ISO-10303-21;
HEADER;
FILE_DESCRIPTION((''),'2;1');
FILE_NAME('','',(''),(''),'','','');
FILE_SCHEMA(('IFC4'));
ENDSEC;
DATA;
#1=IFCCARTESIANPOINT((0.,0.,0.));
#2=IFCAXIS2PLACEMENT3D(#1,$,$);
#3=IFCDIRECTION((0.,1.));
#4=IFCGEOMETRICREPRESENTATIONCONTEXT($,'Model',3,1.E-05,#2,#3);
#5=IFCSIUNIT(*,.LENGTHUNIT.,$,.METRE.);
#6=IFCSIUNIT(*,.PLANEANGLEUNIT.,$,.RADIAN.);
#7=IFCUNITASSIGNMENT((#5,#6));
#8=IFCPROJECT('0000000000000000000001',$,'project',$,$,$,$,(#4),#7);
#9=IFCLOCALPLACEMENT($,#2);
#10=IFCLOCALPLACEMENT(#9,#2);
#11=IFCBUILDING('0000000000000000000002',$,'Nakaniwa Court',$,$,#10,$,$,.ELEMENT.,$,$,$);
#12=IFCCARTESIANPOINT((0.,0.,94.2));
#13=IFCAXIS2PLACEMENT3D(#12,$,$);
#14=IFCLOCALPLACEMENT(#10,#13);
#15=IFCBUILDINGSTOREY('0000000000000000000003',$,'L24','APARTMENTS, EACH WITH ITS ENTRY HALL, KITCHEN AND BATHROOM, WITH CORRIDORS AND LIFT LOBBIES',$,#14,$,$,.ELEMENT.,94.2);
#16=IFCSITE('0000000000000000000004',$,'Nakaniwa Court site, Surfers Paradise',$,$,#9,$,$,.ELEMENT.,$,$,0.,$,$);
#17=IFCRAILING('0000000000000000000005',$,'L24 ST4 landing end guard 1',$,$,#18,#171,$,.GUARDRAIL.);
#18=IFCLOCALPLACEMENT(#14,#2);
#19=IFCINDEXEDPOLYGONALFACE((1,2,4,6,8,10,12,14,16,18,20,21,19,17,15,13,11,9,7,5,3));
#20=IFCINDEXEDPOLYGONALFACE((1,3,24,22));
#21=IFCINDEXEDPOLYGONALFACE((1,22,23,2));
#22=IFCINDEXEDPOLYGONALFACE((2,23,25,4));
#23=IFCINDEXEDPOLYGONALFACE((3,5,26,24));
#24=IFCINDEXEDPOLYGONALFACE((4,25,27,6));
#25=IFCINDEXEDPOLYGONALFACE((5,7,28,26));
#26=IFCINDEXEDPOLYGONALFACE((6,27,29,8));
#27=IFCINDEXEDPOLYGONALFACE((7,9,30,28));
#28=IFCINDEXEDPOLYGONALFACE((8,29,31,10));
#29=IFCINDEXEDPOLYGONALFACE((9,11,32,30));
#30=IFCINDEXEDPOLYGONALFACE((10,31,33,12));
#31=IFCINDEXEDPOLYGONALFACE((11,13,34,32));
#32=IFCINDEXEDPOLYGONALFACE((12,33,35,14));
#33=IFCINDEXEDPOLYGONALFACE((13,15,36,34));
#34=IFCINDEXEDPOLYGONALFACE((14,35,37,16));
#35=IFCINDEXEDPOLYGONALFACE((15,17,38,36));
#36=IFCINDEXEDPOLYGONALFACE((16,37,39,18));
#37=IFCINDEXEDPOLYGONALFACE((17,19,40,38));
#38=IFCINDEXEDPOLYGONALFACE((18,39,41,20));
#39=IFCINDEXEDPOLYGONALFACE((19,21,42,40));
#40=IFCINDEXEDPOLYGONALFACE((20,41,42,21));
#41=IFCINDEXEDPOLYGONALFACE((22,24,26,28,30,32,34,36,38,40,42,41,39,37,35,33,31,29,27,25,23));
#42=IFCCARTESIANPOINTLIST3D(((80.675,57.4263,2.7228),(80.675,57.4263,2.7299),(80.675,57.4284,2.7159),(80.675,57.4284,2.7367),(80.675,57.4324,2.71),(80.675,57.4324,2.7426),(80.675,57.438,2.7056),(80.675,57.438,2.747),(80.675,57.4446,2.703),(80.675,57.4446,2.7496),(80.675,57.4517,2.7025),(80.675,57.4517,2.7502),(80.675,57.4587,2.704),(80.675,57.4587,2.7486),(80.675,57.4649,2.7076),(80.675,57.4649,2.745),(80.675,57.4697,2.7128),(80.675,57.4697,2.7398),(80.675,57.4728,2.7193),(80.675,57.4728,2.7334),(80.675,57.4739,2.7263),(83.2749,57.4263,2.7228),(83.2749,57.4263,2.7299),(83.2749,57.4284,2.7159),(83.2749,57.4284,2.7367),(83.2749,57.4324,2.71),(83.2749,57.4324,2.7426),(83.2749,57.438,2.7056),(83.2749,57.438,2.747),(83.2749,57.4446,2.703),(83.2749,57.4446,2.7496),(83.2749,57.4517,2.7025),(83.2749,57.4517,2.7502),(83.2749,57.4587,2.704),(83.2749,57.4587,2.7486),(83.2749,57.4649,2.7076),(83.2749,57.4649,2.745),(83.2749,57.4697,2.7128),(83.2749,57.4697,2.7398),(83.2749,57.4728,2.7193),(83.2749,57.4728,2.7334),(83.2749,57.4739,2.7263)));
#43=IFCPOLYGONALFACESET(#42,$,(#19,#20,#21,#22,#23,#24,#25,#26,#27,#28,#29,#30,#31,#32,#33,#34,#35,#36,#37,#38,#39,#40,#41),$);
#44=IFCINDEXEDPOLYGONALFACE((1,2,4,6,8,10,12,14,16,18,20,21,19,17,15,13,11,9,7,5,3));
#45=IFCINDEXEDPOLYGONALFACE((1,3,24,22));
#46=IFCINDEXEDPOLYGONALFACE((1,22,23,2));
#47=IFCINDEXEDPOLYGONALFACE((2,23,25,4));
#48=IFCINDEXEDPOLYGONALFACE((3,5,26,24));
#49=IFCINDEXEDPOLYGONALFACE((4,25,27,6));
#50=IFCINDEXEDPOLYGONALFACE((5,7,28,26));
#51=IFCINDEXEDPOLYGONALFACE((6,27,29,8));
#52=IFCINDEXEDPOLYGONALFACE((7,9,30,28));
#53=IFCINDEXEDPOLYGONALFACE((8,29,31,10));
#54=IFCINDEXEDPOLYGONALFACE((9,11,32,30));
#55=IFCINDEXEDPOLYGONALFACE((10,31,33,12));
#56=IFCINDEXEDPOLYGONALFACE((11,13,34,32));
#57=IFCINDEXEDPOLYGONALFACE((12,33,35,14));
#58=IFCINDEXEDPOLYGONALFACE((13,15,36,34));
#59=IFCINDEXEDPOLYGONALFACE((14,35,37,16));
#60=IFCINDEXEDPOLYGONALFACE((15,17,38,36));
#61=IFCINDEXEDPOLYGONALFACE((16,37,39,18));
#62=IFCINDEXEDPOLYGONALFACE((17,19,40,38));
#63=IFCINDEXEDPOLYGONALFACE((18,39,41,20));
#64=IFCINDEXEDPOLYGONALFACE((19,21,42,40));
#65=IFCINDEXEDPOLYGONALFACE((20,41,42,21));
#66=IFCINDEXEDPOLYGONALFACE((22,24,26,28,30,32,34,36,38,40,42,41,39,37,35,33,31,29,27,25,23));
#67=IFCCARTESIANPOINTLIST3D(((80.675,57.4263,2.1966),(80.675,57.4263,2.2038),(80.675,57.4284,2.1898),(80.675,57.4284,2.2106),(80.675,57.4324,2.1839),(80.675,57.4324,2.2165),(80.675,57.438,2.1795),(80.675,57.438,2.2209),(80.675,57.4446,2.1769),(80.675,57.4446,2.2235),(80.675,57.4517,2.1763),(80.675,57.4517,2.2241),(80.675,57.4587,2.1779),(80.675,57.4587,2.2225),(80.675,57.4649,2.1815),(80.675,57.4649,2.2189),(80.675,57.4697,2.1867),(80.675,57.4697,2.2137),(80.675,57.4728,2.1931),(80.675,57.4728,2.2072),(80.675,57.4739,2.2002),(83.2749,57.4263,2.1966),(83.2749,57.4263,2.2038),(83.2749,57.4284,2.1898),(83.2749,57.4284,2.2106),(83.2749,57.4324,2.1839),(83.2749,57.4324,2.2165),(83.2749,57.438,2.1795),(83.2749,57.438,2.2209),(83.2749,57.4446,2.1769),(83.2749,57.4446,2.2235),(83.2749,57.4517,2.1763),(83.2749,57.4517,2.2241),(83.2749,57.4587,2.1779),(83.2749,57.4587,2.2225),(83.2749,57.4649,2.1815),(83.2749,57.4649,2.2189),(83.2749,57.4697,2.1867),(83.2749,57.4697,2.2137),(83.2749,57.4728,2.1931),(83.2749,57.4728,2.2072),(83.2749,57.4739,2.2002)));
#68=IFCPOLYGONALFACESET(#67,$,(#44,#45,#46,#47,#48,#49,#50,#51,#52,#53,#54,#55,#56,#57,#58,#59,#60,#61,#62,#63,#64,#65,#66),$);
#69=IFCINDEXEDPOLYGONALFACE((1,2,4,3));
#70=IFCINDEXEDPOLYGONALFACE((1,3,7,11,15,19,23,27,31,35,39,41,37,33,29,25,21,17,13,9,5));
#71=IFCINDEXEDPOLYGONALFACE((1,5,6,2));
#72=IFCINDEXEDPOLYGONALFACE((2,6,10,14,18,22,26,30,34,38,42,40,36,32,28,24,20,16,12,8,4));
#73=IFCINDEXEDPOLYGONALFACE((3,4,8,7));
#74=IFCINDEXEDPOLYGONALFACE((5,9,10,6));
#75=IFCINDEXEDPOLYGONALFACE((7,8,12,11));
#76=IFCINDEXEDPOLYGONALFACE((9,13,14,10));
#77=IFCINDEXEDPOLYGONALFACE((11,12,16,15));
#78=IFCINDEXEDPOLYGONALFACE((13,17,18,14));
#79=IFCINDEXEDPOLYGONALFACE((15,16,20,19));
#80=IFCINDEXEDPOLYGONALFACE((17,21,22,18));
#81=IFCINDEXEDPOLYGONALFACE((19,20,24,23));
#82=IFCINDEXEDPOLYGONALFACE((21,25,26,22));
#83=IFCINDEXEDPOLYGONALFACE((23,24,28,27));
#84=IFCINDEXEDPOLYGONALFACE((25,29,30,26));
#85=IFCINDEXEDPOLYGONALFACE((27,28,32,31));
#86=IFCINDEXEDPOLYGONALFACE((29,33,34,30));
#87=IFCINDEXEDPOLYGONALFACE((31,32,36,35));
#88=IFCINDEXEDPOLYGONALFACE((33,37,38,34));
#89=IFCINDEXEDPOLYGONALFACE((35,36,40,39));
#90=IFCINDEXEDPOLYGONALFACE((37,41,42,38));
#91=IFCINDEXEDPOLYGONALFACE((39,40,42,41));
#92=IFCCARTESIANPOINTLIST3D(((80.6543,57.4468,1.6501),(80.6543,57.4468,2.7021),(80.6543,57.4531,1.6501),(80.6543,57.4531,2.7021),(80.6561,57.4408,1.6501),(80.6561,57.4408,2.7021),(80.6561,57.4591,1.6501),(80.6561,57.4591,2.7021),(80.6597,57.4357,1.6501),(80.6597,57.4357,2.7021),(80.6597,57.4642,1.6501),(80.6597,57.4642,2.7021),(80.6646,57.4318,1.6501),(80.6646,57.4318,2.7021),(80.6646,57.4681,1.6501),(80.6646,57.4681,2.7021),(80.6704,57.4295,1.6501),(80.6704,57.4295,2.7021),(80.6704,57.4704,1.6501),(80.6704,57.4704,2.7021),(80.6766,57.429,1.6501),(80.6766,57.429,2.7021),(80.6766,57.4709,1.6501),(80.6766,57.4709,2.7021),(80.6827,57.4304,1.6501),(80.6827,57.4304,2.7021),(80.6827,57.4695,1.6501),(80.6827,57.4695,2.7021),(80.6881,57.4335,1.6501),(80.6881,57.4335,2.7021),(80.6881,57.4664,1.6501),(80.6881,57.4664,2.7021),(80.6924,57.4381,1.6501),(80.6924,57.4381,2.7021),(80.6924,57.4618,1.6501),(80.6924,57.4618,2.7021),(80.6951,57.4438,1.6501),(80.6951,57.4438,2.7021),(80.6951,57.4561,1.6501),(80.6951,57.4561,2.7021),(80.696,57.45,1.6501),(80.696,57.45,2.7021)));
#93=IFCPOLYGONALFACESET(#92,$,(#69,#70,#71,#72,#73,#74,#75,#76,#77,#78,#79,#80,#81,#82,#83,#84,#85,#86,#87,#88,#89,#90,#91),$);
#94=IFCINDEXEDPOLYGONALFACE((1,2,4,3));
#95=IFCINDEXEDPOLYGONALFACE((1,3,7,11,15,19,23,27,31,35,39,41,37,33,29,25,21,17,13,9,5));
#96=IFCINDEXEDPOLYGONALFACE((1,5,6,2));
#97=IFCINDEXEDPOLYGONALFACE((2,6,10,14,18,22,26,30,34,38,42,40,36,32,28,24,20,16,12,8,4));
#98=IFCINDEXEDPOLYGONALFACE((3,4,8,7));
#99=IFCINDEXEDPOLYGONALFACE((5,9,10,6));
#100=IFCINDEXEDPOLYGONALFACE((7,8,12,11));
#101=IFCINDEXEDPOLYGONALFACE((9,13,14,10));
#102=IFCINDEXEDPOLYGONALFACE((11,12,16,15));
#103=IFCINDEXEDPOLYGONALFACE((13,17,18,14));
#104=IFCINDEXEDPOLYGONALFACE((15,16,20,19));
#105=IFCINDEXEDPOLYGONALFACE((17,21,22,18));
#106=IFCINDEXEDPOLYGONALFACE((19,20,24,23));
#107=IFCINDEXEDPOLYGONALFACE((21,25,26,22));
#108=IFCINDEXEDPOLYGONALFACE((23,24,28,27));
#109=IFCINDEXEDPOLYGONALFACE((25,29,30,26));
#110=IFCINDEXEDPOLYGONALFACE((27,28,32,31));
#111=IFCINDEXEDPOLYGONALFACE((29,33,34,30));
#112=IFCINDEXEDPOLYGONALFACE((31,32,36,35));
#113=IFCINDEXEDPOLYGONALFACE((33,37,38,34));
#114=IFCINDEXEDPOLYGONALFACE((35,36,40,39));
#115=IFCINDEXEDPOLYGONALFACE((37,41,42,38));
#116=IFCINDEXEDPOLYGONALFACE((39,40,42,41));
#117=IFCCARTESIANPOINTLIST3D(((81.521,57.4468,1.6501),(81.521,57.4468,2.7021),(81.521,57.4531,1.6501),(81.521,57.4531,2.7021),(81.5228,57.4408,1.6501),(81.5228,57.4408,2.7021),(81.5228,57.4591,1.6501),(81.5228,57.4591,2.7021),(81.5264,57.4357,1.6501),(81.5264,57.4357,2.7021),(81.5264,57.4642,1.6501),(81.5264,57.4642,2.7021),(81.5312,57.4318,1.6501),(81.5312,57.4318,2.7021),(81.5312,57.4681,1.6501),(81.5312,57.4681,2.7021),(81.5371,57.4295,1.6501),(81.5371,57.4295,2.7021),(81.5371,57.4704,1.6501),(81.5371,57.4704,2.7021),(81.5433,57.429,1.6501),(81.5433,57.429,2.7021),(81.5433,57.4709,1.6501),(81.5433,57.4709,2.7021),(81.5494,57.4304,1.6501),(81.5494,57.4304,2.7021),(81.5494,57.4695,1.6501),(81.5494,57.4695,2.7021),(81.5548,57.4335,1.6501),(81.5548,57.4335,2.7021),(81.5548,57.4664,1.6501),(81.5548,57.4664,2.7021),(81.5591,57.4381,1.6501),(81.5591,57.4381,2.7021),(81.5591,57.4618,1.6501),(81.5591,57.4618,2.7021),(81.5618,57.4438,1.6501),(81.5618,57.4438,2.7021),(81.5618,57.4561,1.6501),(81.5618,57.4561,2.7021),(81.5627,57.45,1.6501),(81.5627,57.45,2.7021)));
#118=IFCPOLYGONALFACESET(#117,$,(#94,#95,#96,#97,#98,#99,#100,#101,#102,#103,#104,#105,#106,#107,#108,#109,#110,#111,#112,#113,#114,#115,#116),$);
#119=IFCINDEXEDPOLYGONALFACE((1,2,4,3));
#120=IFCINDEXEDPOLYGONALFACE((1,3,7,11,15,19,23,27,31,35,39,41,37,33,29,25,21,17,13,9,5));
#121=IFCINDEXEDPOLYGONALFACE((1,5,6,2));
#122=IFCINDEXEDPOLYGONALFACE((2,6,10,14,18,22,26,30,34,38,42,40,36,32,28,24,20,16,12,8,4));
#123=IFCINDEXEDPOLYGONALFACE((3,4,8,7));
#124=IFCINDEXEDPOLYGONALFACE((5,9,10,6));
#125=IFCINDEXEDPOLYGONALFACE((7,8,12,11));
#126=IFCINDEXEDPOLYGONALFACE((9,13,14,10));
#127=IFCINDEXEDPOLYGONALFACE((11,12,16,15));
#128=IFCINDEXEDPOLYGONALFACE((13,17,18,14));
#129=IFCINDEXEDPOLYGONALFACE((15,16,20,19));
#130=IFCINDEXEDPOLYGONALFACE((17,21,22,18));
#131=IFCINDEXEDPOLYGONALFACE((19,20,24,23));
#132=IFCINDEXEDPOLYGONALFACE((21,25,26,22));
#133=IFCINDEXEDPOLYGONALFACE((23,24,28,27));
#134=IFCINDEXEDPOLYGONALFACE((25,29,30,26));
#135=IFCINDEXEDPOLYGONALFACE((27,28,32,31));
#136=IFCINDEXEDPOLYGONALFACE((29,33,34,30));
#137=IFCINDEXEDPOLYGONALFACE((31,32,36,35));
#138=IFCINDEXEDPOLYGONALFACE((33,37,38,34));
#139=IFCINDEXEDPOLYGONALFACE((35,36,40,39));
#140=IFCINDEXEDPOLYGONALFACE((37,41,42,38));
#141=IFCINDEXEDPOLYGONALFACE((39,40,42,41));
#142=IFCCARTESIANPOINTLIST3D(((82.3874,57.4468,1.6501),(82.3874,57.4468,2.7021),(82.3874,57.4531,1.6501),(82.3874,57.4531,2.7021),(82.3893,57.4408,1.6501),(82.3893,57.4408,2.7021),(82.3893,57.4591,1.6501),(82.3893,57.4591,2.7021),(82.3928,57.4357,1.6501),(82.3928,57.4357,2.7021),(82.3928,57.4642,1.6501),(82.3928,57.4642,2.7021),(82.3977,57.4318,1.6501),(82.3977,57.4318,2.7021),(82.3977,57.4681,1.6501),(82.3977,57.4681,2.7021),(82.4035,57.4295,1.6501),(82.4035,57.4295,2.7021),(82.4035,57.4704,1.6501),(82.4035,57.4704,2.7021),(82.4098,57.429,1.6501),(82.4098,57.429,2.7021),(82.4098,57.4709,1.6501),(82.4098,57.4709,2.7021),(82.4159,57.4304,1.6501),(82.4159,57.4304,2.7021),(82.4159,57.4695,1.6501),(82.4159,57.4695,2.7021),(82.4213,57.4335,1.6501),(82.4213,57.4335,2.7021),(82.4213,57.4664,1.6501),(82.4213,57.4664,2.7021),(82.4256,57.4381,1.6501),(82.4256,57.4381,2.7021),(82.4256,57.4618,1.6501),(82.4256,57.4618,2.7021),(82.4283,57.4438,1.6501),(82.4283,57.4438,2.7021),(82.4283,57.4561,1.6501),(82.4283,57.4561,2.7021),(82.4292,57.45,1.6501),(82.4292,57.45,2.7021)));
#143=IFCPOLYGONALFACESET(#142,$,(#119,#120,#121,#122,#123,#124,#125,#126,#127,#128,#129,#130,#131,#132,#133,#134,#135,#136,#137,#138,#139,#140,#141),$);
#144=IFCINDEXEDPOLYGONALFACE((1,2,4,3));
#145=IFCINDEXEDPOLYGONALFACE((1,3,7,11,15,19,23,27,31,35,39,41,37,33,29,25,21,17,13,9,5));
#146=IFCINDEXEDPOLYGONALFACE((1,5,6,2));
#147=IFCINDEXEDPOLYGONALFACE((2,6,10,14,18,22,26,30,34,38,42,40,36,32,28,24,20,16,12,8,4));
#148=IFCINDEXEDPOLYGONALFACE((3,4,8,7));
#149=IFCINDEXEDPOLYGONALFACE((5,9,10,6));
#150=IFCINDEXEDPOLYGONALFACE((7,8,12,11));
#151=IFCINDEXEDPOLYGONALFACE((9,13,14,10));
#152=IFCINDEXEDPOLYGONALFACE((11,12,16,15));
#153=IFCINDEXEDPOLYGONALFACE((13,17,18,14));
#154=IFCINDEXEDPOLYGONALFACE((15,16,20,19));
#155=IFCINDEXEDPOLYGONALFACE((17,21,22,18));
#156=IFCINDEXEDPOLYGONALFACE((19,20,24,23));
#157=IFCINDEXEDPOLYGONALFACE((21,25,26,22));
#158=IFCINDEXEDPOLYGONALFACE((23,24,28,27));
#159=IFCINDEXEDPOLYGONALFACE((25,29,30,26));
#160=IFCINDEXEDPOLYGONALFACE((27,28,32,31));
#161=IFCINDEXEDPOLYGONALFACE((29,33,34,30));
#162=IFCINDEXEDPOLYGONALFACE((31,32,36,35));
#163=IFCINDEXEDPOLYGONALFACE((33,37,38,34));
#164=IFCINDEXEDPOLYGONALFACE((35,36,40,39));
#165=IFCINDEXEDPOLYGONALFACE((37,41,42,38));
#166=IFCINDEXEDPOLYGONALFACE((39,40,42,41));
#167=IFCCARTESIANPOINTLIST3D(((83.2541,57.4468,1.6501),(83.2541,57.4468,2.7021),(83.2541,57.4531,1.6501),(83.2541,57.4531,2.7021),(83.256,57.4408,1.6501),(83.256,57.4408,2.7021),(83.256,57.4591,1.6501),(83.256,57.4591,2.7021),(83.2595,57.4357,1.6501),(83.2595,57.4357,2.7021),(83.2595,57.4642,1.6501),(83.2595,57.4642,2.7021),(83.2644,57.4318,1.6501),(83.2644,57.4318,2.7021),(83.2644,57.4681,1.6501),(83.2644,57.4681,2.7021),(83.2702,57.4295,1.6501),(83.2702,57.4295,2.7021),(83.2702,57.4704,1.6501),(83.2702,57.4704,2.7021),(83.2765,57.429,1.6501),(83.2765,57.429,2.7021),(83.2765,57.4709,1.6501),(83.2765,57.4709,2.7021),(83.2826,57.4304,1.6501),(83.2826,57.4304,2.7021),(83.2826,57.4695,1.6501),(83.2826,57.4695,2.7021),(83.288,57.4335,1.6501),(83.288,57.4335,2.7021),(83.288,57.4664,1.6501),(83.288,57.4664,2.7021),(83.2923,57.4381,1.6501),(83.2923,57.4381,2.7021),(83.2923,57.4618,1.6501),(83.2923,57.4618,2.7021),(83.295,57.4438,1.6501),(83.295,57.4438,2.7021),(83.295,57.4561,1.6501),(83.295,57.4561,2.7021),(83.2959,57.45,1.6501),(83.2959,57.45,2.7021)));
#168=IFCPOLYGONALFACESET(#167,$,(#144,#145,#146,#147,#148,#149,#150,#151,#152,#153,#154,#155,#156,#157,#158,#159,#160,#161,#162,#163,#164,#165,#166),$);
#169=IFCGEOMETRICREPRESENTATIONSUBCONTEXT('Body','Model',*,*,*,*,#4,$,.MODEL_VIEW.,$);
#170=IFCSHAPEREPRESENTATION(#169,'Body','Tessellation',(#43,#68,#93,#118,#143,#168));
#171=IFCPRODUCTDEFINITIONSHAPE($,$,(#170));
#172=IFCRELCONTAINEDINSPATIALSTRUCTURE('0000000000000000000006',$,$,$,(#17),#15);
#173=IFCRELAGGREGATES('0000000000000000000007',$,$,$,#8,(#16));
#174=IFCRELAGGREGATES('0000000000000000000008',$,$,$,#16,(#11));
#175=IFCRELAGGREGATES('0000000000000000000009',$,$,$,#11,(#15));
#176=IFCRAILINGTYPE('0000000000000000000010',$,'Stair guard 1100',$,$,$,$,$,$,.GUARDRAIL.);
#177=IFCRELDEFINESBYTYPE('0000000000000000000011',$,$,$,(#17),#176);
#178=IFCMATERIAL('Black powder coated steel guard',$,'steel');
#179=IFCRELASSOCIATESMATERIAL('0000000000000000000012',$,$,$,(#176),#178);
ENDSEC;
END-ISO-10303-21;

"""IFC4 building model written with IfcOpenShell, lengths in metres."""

from ifc_helpers import new_model, si_unit, direction, frame, origin, origin_2d, place, context, subcontext, project, spatial, circle, extrude, material, type_object, element, save


model = new_model("IFC4")

# Units and contexts
model_context = context("Model", 3, precision=1e-05, world=origin(), true_north=direction((0.0, 1.0)))
body_context = subcontext(model_context, "Body", "Model", "MODEL_VIEW")
ifc_project = project(units=[si_unit("LENGTHUNIT", "METRE"), si_unit("PLANEANGLEUNIT", "RADIAN")], contexts=[model_context])

# Site, building, storey
site_placement = place(None, origin())
site = spatial("IfcSite", under=ifc_project, at=site_placement, Name="Nakaniwa Court site, Surfers Paradise", CompositionType="ELEMENT", RefElevation=0.0)
building_placement = place(site_placement, origin())
building = spatial("IfcBuilding", under=site, at=building_placement, Name="Nakaniwa Court", CompositionType="ELEMENT")
storey_placement = place(building_placement, frame((0.0, 0.0, 94.2)))
storey = spatial("IfcBuildingStorey", under=building, at=storey_placement, Name="L24", Description="APARTMENTS, EACH WITH ITS ENTRY HALL, KITCHEN AND BATHROOM, WITH CORRIDORS AND LIFT LOBBIES", CompositionType="ELEMENT", Elevation=94.2)

# Railing
ifc_material_1 = material(Name="Black powder coated steel guard", Category="steel")
railing_type_1 = type_object("IfcRailingType", Name="Stair guard 1100", PredefinedType="GUARDRAIL", material=ifc_material_1)
railing_1_placement = place(storey_placement, frame((80.675, 57.45, 1.6501)))
element("IfcRailing", 1, at=railing_1_placement, inside=storey, type_object=railing_type_1, Name="L24 ST4 landing end guard 1", PredefinedType="GUARDRAIL", context=body_context, shape_type="SweptSolid", body=[
    extrude(circle(Radius=0.0239, at=origin_2d()), frame((0.0, 0.0, 1.0762), z_axis=(1.0, 0.0, 0.0), x_axis=(0.0, 1.0, 0.0)), (0.0, 0.0, 1.0), 2.5999),
    extrude(circle(Radius=0.0239, at=origin_2d()), frame((0.0, 0.0, 0.55), z_axis=(1.0, 0.0, 0.0), x_axis=(0.0, 1.0, 0.0)), (0.0, 0.0, 1.0), 2.5999),
    extrude(circle(Radius=0.021, at=origin_2d()), origin(), (0.0, 0.0, 1.0), 1.052),
    extrude(circle(Radius=0.021, at=origin_2d()), frame((0.8667, 0.0, 0.0)), (0.0, 0.0, 1.0), 1.052),
    extrude(circle(Radius=0.021, at=origin_2d()), frame((1.7332, 0.0, 0.0)), (0.0, 0.0, 1.0), 1.052),
    extrude(circle(Radius=0.021, at=origin_2d()), frame((2.5999, 0.0, 0.0)), (0.0, 0.0, 1.0), 1.052),
])

save(model, "model.ifc")
